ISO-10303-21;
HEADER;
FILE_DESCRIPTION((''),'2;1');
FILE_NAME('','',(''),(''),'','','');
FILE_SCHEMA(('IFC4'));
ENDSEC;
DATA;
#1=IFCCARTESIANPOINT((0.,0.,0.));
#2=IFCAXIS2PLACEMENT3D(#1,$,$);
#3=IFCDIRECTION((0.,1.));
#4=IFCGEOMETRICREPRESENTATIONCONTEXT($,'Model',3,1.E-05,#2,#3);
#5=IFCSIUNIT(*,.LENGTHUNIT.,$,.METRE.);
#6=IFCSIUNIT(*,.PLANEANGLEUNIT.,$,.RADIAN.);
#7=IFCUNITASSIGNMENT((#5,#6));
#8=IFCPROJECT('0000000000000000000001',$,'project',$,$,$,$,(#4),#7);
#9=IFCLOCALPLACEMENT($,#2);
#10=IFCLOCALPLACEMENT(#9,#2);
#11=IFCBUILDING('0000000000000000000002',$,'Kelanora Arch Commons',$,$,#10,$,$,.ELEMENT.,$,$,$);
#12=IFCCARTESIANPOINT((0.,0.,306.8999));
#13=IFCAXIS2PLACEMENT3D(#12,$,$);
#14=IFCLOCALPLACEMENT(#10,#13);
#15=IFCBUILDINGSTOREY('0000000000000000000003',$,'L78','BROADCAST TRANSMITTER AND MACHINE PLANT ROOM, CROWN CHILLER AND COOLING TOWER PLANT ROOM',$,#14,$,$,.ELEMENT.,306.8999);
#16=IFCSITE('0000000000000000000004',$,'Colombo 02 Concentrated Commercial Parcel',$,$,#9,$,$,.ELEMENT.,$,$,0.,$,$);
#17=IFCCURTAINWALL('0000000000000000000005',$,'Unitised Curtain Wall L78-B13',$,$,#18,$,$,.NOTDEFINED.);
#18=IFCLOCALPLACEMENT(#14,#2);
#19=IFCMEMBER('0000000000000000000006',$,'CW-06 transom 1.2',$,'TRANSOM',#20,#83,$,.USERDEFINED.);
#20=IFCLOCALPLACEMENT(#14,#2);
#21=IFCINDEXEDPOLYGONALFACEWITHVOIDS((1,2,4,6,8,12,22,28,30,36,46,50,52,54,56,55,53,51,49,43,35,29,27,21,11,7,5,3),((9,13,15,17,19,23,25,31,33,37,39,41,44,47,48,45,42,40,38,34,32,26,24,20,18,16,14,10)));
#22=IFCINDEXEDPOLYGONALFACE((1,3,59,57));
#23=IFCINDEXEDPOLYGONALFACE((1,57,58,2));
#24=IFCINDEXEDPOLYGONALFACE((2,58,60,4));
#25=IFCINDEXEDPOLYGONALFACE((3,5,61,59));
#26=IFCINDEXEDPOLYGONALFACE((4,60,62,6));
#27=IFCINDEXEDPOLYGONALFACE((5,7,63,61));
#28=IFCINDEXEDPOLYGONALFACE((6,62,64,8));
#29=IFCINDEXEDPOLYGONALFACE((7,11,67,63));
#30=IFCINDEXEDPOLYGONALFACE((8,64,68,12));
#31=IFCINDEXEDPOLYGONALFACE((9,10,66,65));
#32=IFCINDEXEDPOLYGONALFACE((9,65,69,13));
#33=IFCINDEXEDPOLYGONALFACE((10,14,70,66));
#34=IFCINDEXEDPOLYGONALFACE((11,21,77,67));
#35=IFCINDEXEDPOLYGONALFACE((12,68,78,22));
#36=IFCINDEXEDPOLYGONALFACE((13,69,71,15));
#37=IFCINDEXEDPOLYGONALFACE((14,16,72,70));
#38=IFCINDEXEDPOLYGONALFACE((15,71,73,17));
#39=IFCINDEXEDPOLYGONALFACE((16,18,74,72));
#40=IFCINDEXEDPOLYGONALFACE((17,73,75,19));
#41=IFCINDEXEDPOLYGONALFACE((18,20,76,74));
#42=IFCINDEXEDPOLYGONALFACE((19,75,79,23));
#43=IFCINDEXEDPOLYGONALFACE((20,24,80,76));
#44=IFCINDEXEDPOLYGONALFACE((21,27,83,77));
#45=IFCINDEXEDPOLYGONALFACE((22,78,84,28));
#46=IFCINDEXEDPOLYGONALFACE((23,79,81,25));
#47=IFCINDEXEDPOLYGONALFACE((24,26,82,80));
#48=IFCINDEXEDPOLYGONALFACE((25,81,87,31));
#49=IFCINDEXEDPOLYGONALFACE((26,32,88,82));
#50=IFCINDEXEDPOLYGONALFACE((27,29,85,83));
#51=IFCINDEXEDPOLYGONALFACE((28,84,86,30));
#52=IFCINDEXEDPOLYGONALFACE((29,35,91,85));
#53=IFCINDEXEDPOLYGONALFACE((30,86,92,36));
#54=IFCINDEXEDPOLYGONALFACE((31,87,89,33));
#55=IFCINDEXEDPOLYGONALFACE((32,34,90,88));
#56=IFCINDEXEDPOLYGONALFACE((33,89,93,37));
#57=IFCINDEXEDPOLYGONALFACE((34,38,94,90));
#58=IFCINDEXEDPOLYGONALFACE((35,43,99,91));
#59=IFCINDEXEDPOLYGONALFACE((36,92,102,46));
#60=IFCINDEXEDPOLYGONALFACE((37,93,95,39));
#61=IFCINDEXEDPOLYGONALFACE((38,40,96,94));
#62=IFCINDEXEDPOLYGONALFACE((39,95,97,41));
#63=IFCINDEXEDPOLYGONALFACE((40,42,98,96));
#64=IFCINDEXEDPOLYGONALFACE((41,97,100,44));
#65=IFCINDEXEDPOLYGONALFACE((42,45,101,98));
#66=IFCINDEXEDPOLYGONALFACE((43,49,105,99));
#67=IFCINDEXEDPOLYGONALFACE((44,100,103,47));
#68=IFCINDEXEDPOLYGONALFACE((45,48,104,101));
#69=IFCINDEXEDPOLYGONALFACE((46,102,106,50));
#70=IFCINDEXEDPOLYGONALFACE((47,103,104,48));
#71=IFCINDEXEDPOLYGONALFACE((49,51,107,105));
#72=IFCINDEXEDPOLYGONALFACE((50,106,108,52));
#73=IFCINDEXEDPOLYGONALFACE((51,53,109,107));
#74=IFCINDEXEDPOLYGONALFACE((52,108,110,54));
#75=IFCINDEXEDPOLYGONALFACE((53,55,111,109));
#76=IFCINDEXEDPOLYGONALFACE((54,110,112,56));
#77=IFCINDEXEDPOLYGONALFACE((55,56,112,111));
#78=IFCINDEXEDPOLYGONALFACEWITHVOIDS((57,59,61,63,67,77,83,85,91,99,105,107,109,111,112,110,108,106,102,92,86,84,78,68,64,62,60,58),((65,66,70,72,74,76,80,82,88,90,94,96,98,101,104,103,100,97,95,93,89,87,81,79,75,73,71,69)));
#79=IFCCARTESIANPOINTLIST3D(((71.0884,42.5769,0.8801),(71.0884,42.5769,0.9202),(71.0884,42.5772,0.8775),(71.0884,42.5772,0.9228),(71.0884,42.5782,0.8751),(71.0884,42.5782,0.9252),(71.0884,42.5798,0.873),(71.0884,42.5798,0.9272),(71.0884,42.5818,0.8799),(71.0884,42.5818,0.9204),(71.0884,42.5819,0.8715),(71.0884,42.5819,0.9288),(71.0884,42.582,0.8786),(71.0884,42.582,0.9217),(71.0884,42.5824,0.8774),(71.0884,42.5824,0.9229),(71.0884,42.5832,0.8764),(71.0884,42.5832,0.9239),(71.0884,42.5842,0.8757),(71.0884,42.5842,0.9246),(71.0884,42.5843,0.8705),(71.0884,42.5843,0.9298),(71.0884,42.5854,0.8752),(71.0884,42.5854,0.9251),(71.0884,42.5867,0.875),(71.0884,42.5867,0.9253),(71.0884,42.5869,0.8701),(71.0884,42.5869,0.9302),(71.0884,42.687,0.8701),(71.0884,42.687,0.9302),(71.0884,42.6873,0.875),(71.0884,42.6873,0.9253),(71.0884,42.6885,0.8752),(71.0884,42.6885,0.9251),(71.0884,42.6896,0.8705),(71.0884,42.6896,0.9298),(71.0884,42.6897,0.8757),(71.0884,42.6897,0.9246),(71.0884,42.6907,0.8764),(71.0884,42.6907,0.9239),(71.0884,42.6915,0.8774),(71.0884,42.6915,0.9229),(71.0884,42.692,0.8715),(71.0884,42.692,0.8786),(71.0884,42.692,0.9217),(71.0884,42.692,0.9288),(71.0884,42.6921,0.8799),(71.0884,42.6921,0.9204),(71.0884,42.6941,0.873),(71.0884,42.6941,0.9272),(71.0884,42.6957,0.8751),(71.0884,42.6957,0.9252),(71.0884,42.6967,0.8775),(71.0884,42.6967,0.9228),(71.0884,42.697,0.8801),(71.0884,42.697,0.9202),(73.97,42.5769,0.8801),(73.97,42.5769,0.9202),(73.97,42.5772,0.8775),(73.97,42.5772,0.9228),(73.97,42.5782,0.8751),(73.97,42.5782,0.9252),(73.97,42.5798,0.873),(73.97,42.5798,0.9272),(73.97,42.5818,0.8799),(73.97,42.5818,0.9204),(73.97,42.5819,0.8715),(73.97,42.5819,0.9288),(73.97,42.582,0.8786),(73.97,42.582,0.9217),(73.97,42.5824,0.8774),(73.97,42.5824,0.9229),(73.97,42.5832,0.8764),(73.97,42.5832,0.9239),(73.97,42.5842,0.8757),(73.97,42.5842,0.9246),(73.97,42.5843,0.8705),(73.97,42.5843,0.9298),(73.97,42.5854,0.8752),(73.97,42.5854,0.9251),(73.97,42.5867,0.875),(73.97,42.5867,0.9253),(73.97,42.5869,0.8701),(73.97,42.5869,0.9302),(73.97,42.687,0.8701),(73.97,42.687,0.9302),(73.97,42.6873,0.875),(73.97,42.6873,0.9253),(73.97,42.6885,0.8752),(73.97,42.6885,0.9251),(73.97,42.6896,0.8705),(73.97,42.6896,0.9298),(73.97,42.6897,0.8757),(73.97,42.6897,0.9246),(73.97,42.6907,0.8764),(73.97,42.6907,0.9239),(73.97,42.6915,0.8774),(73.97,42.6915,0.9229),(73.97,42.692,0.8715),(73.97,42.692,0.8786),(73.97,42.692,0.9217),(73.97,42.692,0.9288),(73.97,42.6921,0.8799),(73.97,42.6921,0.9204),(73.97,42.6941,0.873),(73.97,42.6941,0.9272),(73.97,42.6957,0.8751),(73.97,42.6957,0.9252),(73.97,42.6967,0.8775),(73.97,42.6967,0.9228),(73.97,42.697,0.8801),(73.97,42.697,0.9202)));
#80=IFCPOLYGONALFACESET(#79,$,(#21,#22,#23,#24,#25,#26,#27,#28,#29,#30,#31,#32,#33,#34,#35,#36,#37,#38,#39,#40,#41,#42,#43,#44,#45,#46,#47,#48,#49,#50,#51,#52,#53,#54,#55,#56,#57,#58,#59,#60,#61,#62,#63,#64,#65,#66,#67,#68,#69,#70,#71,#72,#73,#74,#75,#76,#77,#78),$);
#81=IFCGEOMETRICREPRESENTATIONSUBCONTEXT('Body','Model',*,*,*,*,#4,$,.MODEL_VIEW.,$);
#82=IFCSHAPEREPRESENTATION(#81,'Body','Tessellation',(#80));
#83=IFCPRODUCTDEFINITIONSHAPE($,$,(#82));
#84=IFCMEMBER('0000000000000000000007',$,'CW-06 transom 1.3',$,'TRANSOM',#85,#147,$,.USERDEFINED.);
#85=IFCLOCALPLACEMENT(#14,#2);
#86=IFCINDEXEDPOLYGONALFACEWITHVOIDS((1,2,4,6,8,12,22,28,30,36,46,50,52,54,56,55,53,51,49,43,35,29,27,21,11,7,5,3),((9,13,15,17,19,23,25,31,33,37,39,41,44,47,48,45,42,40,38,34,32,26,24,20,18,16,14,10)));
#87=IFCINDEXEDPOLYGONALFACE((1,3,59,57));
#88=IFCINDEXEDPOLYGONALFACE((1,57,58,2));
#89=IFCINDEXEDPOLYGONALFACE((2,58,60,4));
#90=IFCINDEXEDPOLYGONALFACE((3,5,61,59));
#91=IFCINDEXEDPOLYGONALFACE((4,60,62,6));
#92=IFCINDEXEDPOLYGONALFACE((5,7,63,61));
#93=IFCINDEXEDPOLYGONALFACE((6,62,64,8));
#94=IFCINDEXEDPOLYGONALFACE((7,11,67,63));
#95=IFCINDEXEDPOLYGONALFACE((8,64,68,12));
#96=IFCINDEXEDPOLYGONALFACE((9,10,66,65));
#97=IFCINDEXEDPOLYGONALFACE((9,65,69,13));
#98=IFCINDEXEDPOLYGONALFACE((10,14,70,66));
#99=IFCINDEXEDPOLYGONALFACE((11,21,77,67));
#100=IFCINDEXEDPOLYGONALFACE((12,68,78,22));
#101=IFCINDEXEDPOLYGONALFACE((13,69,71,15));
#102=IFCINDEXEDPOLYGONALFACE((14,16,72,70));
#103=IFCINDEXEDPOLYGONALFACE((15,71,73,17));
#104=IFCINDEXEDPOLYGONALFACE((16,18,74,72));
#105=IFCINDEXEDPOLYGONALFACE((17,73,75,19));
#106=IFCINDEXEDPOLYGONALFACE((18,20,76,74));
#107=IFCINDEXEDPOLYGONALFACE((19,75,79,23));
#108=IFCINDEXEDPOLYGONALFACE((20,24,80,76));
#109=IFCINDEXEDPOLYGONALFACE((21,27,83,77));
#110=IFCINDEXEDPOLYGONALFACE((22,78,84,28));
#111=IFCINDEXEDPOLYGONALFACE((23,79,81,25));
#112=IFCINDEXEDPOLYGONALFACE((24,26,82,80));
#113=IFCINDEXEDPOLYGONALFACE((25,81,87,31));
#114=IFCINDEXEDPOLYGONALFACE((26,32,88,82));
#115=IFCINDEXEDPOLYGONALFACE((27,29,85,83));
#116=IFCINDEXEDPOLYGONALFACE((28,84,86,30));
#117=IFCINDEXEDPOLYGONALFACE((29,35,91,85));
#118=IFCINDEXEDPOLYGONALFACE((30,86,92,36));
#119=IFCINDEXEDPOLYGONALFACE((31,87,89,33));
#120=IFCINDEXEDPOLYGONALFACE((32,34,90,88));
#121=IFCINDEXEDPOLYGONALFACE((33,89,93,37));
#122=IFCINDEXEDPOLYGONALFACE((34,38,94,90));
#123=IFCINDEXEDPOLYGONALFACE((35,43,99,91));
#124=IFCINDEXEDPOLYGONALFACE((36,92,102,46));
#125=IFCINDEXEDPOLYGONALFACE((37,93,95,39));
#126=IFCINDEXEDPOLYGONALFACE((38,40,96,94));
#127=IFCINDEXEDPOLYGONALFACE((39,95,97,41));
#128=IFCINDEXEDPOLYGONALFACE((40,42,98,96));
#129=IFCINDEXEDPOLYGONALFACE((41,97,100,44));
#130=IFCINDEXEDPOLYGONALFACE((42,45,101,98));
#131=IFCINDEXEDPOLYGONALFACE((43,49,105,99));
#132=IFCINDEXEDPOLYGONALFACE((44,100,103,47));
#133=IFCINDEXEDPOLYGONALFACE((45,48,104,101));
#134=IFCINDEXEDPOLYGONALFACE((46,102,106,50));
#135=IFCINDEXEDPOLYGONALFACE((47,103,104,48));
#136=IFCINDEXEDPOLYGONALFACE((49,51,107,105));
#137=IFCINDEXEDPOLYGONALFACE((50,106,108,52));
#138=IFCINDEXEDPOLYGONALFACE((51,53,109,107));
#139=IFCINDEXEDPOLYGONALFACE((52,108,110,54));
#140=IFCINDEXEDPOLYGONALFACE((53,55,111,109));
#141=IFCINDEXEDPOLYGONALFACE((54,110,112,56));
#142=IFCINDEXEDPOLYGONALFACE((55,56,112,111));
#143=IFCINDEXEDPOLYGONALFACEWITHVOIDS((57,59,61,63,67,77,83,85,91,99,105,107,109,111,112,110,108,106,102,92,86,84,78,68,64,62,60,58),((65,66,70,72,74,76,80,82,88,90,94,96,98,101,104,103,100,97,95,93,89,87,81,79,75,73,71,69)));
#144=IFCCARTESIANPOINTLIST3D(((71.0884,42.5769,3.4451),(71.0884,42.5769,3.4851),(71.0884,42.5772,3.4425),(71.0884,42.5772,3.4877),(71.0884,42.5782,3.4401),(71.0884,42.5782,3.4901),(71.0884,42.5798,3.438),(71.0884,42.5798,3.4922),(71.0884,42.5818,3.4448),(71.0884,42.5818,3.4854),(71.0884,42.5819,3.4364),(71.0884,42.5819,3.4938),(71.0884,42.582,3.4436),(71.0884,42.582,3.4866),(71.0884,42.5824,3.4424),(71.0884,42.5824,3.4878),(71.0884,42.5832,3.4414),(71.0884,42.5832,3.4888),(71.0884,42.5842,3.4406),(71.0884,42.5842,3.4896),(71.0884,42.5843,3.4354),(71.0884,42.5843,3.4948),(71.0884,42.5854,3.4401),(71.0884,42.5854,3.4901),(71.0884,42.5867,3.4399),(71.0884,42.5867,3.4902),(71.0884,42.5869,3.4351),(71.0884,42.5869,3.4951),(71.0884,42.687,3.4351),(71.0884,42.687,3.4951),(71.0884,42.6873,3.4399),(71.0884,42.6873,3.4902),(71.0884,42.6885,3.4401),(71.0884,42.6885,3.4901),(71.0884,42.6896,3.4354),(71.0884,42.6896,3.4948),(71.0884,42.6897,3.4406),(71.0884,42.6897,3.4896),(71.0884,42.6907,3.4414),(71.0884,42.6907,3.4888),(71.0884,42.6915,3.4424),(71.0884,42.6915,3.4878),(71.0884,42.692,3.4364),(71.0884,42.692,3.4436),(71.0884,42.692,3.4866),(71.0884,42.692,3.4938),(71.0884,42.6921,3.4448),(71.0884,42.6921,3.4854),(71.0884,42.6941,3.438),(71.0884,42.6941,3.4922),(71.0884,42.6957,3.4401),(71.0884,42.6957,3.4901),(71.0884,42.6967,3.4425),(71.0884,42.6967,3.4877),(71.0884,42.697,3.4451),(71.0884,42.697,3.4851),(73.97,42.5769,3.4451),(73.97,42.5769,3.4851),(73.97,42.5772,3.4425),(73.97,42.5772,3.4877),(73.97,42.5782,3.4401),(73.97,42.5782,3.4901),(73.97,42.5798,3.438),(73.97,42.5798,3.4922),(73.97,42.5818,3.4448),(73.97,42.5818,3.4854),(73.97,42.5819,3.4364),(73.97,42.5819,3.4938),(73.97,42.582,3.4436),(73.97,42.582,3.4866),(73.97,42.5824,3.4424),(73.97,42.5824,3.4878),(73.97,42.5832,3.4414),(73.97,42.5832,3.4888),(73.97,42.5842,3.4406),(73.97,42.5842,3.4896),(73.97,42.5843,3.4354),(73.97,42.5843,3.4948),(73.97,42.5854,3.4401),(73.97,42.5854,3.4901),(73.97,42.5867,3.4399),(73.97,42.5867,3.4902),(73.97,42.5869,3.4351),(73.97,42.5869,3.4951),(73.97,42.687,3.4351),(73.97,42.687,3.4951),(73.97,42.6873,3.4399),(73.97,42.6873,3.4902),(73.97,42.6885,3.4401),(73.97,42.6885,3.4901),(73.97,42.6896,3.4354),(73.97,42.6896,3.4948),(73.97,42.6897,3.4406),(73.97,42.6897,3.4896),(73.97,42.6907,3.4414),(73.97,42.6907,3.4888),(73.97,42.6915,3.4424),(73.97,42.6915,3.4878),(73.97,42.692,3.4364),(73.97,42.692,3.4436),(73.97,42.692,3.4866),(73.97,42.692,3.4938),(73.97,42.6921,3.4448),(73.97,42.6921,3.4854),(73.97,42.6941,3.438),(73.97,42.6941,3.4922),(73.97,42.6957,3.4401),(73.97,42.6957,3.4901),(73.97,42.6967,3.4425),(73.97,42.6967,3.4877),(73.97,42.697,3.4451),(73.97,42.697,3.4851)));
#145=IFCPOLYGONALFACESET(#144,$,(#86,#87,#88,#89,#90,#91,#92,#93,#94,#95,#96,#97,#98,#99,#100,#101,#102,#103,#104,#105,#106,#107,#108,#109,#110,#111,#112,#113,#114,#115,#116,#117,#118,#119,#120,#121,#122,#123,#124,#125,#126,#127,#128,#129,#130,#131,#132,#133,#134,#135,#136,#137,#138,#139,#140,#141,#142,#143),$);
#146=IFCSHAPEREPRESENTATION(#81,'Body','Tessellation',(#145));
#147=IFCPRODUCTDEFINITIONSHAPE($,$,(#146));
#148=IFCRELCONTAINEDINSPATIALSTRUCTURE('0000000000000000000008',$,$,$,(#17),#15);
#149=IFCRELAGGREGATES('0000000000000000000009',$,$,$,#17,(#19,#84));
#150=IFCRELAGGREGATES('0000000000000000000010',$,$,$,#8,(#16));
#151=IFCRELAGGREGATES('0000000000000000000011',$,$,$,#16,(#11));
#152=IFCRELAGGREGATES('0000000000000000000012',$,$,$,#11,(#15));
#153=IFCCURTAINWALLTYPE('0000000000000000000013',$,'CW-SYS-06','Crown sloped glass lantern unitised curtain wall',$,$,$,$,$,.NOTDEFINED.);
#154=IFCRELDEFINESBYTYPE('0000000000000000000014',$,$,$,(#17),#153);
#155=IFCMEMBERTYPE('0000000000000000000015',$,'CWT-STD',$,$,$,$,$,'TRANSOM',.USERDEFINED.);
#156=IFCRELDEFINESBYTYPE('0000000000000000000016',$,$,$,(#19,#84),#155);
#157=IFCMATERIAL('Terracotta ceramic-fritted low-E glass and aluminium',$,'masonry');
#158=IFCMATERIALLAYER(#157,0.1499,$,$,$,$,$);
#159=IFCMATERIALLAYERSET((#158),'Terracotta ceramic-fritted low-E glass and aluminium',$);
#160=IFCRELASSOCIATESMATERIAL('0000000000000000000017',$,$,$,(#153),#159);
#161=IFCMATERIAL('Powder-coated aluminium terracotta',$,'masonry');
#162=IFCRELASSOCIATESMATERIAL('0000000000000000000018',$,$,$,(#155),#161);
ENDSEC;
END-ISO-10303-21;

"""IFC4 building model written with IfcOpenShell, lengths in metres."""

from ifc_helpers import new_model, si_unit, direction, frame, origin, origin_2d, place, context, subcontext, project, spatial, hollow_rectangle, extrude, material, layer, layer_set, material_profile, profile_set, type_object, element, aggregate, save


model = new_model("IFC4")

# Units and contexts
model_context = context("Model", 3, precision=1e-05, world=origin(), true_north=direction((0.0, 1.0)))
body_context = subcontext(model_context, "Body", "Model", "MODEL_VIEW")
ifc_project = project(units=[si_unit("LENGTHUNIT", "METRE"), si_unit("PLANEANGLEUNIT", "RADIAN")], contexts=[model_context])

# Site, building, storey
site_placement = place(None, origin())
site = spatial("IfcSite", under=ifc_project, at=site_placement, Name="Colombo 02 Concentrated Commercial Parcel", CompositionType="ELEMENT", RefElevation=0.0)
building_placement = place(site_placement, origin())
building = spatial("IfcBuilding", under=site, at=building_placement, Name="Kelanora Arch Commons", CompositionType="ELEMENT")
storey_placement = place(building_placement, frame((0.0, 0.0, 306.8999)))
storey = spatial("IfcBuildingStorey", under=building, at=storey_placement, Name="L78", Description="BROADCAST TRANSMITTER AND MACHINE PLANT ROOM, CROWN CHILLER AND COOLING TOWER PLANT ROOM", CompositionType="ELEMENT", Elevation=306.8999)

# Shared definitions
ifc_material_1 = material(Name="Terracotta ceramic-fritted low-E glass and aluminium", Category="masonry")
ifc_layer_1 = layer(ifc_material_1, 0.1499)
ifc_layer_set_1 = layer_set([ifc_layer_1], Name="Terracotta ceramic-fritted low-E glass and aluminium")
curtain_wall_type = type_object("IfcCurtainWallType", Name="CW-SYS-06", Description="Crown sloped glass lantern unitised curtain wall", PredefinedType="NOTDEFINED", material=ifc_layer_set_1)
ifc_material_2 = material(Name="Powder-coated aluminium terracotta", Category="masonry")

# Curtain wall
curtain_wall_1_placement = place(storey_placement, origin())
curtain_wall_1 = element("IfcCurtainWall", 1, at=curtain_wall_1_placement, inside=storey, type_object=curtain_wall_type, Name="Unitised Curtain Wall L78-B13", PredefinedType="NOTDEFINED")

# Members
ifc_material_profile_1 = material_profile(ifc_material_2, hollow_rectangle(XDim=0.1201, YDim=0.0601, WallThickness=0.0049, InnerFilletRadius=0.0049, OuterFilletRadius=0.01, at=origin_2d()), Name="CWT120x60")
ifc_profile_set_1 = profile_set([ifc_material_profile_1], Name="Powder-coated aluminium terracotta")
member_type_1 = type_object("IfcMemberType", Name="CWT-STD", ElementType="TRANSOM", PredefinedType="USERDEFINED", material=ifc_profile_set_1)
member_1_placement = place(storey_placement, frame((71.0884, 42.637, 0.9001), z_axis=(1.0, 0.0, 0.0), x_axis=(0.0, 1.0, 0.0)))
member_1 = element("IfcMember", 2, at=member_1_placement, type_object=member_type_1, Name="CW-06 transom 1.2", ObjectType="TRANSOM", PredefinedType="USERDEFINED", context=body_context, shape_type="SweptSolid", body=[
    extrude(hollow_rectangle(XDim=0.1201, YDim=0.0601, WallThickness=0.0049, InnerFilletRadius=0.0049, OuterFilletRadius=0.01, at=origin_2d()), origin(), (0.0, 0.0, 1.0), 2.8816),
])
member_2_placement = place(storey_placement, frame((71.0884, 42.637, 3.4651), z_axis=(1.0, 0.0, 0.0), x_axis=(0.0, 1.0, 0.0)))
member_2 = element("IfcMember", 3, at=member_2_placement, type_object=member_type_1, Name="CW-06 transom 1.3", ObjectType="TRANSOM", PredefinedType="USERDEFINED", context=body_context, shape_type="SweptSolid", body=[
    extrude(hollow_rectangle(XDim=0.1201, YDim=0.0601, WallThickness=0.0049, InnerFilletRadius=0.0049, OuterFilletRadius=0.01, at=origin_2d()), origin(), (0.0, 0.0, 1.0), 2.8816),
])

aggregate(curtain_wall_1, [member_1, member_2])

save(model, "model.ifc")
